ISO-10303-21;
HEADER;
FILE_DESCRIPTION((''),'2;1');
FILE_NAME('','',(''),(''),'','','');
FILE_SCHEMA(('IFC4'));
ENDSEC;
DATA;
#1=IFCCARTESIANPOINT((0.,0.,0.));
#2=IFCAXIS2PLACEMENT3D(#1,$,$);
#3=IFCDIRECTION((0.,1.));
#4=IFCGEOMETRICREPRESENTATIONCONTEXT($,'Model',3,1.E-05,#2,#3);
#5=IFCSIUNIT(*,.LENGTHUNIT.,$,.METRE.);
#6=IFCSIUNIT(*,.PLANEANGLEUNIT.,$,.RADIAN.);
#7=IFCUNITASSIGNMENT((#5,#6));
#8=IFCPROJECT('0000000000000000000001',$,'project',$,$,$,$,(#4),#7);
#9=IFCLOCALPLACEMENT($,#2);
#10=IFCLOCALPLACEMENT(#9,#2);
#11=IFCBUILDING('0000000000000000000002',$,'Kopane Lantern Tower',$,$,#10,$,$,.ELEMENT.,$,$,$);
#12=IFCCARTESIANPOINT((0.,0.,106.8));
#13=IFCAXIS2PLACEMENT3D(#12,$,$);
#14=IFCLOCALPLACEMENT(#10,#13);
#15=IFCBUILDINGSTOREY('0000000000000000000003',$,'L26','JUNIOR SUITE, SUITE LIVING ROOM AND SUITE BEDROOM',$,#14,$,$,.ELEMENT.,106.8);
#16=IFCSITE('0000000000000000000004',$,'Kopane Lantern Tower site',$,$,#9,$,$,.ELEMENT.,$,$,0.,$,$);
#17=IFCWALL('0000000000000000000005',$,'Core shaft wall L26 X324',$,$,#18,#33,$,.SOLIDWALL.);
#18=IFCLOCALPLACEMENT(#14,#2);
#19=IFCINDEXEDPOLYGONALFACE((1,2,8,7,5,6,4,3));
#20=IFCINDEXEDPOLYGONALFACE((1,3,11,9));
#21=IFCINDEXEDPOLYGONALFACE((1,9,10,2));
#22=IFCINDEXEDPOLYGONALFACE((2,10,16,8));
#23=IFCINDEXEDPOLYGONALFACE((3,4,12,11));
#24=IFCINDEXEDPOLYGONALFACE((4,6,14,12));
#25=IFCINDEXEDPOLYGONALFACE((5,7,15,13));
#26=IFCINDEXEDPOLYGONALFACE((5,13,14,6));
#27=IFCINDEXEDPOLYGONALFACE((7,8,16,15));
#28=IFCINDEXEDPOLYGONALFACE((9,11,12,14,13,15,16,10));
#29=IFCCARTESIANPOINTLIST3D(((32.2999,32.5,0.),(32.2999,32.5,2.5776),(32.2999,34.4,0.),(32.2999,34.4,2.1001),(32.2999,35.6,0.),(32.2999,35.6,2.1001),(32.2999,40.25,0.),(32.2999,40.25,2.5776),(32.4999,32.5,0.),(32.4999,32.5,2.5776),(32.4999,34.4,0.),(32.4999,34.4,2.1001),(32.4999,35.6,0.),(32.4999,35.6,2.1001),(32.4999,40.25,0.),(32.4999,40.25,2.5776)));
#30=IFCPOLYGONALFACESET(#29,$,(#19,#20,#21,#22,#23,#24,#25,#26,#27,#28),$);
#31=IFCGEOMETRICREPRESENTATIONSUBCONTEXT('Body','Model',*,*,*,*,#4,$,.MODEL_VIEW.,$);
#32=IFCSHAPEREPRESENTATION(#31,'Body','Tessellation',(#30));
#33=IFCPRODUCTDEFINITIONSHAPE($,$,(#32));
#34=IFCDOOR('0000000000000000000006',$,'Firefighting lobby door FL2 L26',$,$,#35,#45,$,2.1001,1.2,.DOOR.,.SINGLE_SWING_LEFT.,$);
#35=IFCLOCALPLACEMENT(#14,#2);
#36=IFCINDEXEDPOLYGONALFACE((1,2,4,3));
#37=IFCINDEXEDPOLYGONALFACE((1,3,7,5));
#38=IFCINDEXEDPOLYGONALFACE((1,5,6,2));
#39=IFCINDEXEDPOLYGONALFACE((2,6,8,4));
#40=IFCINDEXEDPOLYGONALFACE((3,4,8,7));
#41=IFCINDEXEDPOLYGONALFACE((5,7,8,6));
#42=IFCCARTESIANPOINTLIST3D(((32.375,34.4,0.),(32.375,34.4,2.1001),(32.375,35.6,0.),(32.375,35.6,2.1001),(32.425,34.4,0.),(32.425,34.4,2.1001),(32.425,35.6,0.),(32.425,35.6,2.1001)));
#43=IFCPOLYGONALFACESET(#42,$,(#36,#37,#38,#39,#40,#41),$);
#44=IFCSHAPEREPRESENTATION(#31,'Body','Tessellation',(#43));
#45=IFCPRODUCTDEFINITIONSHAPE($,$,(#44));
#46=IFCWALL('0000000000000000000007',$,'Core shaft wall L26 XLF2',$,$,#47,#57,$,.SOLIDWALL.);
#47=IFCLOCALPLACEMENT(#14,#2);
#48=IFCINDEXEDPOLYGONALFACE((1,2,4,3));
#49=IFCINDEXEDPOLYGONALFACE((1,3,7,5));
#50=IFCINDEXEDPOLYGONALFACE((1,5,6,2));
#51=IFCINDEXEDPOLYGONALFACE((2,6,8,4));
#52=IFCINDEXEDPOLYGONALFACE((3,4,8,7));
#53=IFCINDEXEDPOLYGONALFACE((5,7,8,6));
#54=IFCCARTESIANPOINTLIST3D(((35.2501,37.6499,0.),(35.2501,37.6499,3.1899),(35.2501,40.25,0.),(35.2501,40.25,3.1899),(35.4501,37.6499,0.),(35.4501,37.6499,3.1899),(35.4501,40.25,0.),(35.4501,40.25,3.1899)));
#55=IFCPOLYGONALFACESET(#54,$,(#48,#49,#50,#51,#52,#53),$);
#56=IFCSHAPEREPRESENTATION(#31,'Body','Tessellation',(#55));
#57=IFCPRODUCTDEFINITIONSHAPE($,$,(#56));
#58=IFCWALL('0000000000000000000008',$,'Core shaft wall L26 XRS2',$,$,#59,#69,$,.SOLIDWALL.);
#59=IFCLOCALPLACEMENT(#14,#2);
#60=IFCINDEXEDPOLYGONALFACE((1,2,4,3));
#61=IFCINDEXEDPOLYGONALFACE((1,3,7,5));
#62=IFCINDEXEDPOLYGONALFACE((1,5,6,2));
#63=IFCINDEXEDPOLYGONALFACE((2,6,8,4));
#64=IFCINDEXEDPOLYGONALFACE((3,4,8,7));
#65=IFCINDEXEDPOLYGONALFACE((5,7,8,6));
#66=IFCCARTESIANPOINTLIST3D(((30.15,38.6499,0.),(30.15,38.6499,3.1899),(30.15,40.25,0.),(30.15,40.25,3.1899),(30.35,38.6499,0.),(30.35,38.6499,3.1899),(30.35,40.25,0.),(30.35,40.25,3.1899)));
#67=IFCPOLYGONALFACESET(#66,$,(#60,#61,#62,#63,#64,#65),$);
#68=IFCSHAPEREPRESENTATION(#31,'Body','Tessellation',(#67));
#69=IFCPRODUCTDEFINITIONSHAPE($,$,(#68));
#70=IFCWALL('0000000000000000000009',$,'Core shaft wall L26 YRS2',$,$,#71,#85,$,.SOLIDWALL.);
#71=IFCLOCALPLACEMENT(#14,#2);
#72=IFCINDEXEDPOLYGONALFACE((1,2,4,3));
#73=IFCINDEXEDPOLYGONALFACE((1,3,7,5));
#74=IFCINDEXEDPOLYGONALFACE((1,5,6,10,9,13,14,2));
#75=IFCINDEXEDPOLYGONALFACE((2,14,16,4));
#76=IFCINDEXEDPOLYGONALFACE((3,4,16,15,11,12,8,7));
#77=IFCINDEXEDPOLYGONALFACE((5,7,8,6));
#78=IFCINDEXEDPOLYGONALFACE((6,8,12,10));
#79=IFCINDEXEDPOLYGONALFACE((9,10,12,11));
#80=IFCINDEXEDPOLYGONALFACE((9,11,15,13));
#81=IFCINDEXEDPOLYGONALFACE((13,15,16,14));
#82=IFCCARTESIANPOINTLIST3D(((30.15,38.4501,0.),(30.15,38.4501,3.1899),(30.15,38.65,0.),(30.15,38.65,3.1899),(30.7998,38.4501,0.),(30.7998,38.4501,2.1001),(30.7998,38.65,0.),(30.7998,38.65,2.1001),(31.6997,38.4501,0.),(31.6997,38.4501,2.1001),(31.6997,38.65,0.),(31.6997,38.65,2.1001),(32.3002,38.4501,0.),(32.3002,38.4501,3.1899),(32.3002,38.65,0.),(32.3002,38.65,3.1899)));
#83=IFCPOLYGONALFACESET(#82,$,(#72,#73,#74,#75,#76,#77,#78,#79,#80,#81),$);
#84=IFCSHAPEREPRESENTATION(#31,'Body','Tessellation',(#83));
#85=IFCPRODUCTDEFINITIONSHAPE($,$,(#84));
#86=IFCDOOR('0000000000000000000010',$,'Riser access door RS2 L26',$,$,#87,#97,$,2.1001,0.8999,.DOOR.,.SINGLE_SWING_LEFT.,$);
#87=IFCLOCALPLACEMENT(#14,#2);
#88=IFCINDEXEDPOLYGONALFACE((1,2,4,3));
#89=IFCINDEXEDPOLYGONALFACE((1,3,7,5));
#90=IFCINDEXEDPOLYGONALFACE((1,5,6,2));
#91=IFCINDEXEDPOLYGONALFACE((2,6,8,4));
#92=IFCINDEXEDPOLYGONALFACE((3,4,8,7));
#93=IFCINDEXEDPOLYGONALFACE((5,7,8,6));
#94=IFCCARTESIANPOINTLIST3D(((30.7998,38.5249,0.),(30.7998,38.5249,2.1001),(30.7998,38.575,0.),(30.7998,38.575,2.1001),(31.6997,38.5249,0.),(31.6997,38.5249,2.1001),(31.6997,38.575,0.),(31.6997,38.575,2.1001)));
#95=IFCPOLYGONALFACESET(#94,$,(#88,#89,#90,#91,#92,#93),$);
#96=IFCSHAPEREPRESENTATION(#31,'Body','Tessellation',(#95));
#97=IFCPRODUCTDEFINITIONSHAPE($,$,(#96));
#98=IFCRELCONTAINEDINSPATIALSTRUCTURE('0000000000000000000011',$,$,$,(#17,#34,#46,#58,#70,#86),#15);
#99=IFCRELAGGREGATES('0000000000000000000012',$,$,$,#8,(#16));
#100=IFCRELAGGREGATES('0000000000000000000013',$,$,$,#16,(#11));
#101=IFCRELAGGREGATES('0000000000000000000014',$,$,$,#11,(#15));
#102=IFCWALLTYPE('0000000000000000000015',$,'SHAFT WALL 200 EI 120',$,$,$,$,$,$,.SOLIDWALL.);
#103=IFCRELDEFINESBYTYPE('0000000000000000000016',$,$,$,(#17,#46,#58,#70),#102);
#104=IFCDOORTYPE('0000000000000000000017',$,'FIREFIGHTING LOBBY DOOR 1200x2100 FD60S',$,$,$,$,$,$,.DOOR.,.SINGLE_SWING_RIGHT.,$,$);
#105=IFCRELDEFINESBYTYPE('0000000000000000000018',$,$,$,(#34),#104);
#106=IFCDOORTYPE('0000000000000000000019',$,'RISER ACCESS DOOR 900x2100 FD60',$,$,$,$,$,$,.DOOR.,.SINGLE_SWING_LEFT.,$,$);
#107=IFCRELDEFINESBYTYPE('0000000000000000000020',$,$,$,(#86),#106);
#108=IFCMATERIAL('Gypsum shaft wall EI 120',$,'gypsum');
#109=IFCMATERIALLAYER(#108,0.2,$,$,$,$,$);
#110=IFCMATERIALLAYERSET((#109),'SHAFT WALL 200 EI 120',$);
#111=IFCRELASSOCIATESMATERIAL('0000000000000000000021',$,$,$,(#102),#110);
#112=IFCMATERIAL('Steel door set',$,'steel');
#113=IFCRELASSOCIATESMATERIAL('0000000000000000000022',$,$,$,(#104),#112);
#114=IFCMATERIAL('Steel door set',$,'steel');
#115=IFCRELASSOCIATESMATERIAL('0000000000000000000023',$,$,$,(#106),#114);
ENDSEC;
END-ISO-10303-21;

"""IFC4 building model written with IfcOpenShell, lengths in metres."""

from ifc_helpers import new_model, si_unit, direction, frame, frame_2d, origin, place, context, subcontext, project, spatial, rectangle, extrude, material, layer, layer_set, type_object, element, fill, save


model = new_model("IFC4")

# Units and contexts
model_context = context("Model", 3, precision=1e-05, world=origin(), true_north=direction((0.0, 1.0)))
body_context = subcontext(model_context, "Body", "Model", "MODEL_VIEW")
ifc_project = project(units=[si_unit("LENGTHUNIT", "METRE"), si_unit("PLANEANGLEUNIT", "RADIAN")], contexts=[model_context])

# Site, building, storey
site_placement = place(None, origin())
site = spatial("IfcSite", under=ifc_project, at=site_placement, Name="Kopane Lantern Tower site", CompositionType="ELEMENT", RefElevation=0.0)
building_placement = place(site_placement, origin())
building = spatial("IfcBuilding", under=site, at=building_placement, Name="Kopane Lantern Tower", CompositionType="ELEMENT")
storey_placement = place(building_placement, frame((0.0, 0.0, 106.8)))
storey = spatial("IfcBuildingStorey", under=building, at=storey_placement, Name="L26", Description="JUNIOR SUITE, SUITE LIVING ROOM AND SUITE BEDROOM", CompositionType="ELEMENT", Elevation=106.8)

# Shared definitions
ifc_material_1 = material(Name="Gypsum shaft wall EI 120", Category="gypsum")
ifc_layer_1 = layer(ifc_material_1, 0.2)
ifc_layer_set_1 = layer_set([ifc_layer_1], Name="SHAFT WALL 200 EI 120")
wall_type_1 = type_object("IfcWallType", Name="SHAFT WALL 200 EI 120", PredefinedType="SOLIDWALL", material=ifc_layer_set_1)

# Wall, opening, door
wall_1_placement = place(storey_placement, frame((32.3999, 32.5, 0.0), z_axis=(0.0, 0.0, 1.0), x_axis=(0.0, 1.0, 0.0)))
wall_1 = element("IfcWall", 1, at=wall_1_placement, inside=storey, type_object=wall_type_1, Name="Core shaft wall L26 X324", PredefinedType="SOLIDWALL", context=body_context, shape_type="SweptSolid", body=[
    extrude(rectangle(XDim=7.75, YDim=0.2, at=frame_2d((3.875, 0.0))), origin(), (0.0, 0.0, 1.0), 2.5776),
])
opening_1_placement = place(wall_1_placement, frame((1.8999, 0.0, 0.0)))
opening_1 = element("IfcOpeningElement", 2, at=opening_1_placement, cuts=wall_1, PredefinedType="OPENING", context=body_context, shape_type="SweptSolid", body=[
    extrude(rectangle(XDim=1.2, YDim=2.1001, at=frame_2d((0.6001, 1.05))), frame((0.0, 0.1099, 0.0), z_axis=(0.0, -1.0, 0.0), x_axis=(1.0, 0.0, 0.0)), (0.0, 0.0, 1.0), 0.22),
])
ifc_material_2 = material(Name="Steel door set", Category="steel")
door_type_1 = type_object("IfcDoorType", Name="FIREFIGHTING LOBBY DOOR 1200x2100 FD60S", OperationType="SINGLE_SWING_RIGHT", PredefinedType="DOOR", material=ifc_material_2)
door_1_placement = place(opening_1_placement, origin())
door_1 = element("IfcDoor", 3, at=door_1_placement, inside=storey, type_object=door_type_1, Name="Firefighting lobby door FL2 L26", OperationType="SINGLE_SWING_LEFT", OverallHeight=2.1001, OverallWidth=1.2, PredefinedType="DOOR", context=body_context, shape_type="SweptSolid", body=[
    extrude(rectangle(XDim=1.2, YDim=2.1001, at=frame_2d((0.6001, 1.05))), frame((0.0, 0.0249, 0.0), z_axis=(0.0, -1.0, 0.0), x_axis=(1.0, 0.0, 0.0)), (0.0, 0.0, 1.0), 0.05),
])
fill(opening_1, door_1)

# Walls
wall_2_placement = place(storey_placement, frame((35.3501, 37.6499, 0.0), z_axis=(0.0, 0.0, 1.0), x_axis=(0.0, 1.0, 0.0)))
element("IfcWall", 4, at=wall_2_placement, inside=storey, type_object=wall_type_1, Name="Core shaft wall L26 XLF2", PredefinedType="SOLIDWALL", context=body_context, shape_type="SweptSolid", body=[
    extrude(rectangle(XDim=2.6001, YDim=0.2, at=frame_2d((1.3, 0.0))), origin(), (0.0, 0.0, 1.0), 3.1899),
])
wall_3_placement = place(storey_placement, frame((30.25, 38.6499, 0.0), z_axis=(0.0, 0.0, 1.0), x_axis=(0.0, 1.0, 0.0)))
element("IfcWall", 5, at=wall_3_placement, inside=storey, type_object=wall_type_1, Name="Core shaft wall L26 XRS2", PredefinedType="SOLIDWALL", context=body_context, shape_type="SweptSolid", body=[
    extrude(rectangle(XDim=1.6001, YDim=0.2, at=frame_2d((0.8, 0.0))), origin(), (0.0, 0.0, 1.0), 3.1899),
])

# Wall, opening, door
wall_4_placement = place(storey_placement, frame((30.1499, 38.55, 0.0), z_axis=(0.0, 0.0, 1.0), x_axis=(1.0, 0.0, 0.0)))
wall_4 = element("IfcWall", 6, at=wall_4_placement, inside=storey, type_object=wall_type_1, Name="Core shaft wall L26 YRS2", PredefinedType="SOLIDWALL", context=body_context, shape_type="SweptSolid", body=[
    extrude(rectangle(XDim=2.1501, YDim=0.2, at=frame_2d((1.0752, 0.0))), origin(), (0.0, 0.0, 1.0), 3.1899),
])
opening_2_placement = place(wall_4_placement, frame((0.6499, 0.0, 0.0)))
opening_2 = element("IfcOpeningElement", 7, at=opening_2_placement, cuts=wall_4, PredefinedType="OPENING", context=body_context, shape_type="SweptSolid", body=[
    extrude(rectangle(XDim=0.8999, YDim=2.1001, at=frame_2d((0.45, 1.05))), frame((0.0, 0.1099, 0.0), z_axis=(0.0, -1.0, 0.0), x_axis=(1.0, 0.0, 0.0)), (0.0, 0.0, 1.0), 0.22),
])
ifc_material_3 = material(Name="Steel door set", Category="steel")
door_type_2 = type_object("IfcDoorType", Name="RISER ACCESS DOOR 900x2100 FD60", OperationType="SINGLE_SWING_LEFT", PredefinedType="DOOR", material=ifc_material_3)
door_2_placement = place(opening_2_placement, origin())
door_2 = element("IfcDoor", 8, at=door_2_placement, inside=storey, type_object=door_type_2, Name="Riser access door RS2 L26", OperationType="SINGLE_SWING_LEFT", OverallHeight=2.1001, OverallWidth=0.8999, PredefinedType="DOOR", context=body_context, shape_type="SweptSolid", body=[
    extrude(rectangle(XDim=0.8999, YDim=2.1001, at=frame_2d((0.45, 1.05))), frame((0.0, 0.0249, 0.0), z_axis=(0.0, -1.0, 0.0), x_axis=(1.0, 0.0, 0.0)), (0.0, 0.0, 1.0), 0.05),
])
fill(opening_2, door_2)

save(model, "model.ifc")
